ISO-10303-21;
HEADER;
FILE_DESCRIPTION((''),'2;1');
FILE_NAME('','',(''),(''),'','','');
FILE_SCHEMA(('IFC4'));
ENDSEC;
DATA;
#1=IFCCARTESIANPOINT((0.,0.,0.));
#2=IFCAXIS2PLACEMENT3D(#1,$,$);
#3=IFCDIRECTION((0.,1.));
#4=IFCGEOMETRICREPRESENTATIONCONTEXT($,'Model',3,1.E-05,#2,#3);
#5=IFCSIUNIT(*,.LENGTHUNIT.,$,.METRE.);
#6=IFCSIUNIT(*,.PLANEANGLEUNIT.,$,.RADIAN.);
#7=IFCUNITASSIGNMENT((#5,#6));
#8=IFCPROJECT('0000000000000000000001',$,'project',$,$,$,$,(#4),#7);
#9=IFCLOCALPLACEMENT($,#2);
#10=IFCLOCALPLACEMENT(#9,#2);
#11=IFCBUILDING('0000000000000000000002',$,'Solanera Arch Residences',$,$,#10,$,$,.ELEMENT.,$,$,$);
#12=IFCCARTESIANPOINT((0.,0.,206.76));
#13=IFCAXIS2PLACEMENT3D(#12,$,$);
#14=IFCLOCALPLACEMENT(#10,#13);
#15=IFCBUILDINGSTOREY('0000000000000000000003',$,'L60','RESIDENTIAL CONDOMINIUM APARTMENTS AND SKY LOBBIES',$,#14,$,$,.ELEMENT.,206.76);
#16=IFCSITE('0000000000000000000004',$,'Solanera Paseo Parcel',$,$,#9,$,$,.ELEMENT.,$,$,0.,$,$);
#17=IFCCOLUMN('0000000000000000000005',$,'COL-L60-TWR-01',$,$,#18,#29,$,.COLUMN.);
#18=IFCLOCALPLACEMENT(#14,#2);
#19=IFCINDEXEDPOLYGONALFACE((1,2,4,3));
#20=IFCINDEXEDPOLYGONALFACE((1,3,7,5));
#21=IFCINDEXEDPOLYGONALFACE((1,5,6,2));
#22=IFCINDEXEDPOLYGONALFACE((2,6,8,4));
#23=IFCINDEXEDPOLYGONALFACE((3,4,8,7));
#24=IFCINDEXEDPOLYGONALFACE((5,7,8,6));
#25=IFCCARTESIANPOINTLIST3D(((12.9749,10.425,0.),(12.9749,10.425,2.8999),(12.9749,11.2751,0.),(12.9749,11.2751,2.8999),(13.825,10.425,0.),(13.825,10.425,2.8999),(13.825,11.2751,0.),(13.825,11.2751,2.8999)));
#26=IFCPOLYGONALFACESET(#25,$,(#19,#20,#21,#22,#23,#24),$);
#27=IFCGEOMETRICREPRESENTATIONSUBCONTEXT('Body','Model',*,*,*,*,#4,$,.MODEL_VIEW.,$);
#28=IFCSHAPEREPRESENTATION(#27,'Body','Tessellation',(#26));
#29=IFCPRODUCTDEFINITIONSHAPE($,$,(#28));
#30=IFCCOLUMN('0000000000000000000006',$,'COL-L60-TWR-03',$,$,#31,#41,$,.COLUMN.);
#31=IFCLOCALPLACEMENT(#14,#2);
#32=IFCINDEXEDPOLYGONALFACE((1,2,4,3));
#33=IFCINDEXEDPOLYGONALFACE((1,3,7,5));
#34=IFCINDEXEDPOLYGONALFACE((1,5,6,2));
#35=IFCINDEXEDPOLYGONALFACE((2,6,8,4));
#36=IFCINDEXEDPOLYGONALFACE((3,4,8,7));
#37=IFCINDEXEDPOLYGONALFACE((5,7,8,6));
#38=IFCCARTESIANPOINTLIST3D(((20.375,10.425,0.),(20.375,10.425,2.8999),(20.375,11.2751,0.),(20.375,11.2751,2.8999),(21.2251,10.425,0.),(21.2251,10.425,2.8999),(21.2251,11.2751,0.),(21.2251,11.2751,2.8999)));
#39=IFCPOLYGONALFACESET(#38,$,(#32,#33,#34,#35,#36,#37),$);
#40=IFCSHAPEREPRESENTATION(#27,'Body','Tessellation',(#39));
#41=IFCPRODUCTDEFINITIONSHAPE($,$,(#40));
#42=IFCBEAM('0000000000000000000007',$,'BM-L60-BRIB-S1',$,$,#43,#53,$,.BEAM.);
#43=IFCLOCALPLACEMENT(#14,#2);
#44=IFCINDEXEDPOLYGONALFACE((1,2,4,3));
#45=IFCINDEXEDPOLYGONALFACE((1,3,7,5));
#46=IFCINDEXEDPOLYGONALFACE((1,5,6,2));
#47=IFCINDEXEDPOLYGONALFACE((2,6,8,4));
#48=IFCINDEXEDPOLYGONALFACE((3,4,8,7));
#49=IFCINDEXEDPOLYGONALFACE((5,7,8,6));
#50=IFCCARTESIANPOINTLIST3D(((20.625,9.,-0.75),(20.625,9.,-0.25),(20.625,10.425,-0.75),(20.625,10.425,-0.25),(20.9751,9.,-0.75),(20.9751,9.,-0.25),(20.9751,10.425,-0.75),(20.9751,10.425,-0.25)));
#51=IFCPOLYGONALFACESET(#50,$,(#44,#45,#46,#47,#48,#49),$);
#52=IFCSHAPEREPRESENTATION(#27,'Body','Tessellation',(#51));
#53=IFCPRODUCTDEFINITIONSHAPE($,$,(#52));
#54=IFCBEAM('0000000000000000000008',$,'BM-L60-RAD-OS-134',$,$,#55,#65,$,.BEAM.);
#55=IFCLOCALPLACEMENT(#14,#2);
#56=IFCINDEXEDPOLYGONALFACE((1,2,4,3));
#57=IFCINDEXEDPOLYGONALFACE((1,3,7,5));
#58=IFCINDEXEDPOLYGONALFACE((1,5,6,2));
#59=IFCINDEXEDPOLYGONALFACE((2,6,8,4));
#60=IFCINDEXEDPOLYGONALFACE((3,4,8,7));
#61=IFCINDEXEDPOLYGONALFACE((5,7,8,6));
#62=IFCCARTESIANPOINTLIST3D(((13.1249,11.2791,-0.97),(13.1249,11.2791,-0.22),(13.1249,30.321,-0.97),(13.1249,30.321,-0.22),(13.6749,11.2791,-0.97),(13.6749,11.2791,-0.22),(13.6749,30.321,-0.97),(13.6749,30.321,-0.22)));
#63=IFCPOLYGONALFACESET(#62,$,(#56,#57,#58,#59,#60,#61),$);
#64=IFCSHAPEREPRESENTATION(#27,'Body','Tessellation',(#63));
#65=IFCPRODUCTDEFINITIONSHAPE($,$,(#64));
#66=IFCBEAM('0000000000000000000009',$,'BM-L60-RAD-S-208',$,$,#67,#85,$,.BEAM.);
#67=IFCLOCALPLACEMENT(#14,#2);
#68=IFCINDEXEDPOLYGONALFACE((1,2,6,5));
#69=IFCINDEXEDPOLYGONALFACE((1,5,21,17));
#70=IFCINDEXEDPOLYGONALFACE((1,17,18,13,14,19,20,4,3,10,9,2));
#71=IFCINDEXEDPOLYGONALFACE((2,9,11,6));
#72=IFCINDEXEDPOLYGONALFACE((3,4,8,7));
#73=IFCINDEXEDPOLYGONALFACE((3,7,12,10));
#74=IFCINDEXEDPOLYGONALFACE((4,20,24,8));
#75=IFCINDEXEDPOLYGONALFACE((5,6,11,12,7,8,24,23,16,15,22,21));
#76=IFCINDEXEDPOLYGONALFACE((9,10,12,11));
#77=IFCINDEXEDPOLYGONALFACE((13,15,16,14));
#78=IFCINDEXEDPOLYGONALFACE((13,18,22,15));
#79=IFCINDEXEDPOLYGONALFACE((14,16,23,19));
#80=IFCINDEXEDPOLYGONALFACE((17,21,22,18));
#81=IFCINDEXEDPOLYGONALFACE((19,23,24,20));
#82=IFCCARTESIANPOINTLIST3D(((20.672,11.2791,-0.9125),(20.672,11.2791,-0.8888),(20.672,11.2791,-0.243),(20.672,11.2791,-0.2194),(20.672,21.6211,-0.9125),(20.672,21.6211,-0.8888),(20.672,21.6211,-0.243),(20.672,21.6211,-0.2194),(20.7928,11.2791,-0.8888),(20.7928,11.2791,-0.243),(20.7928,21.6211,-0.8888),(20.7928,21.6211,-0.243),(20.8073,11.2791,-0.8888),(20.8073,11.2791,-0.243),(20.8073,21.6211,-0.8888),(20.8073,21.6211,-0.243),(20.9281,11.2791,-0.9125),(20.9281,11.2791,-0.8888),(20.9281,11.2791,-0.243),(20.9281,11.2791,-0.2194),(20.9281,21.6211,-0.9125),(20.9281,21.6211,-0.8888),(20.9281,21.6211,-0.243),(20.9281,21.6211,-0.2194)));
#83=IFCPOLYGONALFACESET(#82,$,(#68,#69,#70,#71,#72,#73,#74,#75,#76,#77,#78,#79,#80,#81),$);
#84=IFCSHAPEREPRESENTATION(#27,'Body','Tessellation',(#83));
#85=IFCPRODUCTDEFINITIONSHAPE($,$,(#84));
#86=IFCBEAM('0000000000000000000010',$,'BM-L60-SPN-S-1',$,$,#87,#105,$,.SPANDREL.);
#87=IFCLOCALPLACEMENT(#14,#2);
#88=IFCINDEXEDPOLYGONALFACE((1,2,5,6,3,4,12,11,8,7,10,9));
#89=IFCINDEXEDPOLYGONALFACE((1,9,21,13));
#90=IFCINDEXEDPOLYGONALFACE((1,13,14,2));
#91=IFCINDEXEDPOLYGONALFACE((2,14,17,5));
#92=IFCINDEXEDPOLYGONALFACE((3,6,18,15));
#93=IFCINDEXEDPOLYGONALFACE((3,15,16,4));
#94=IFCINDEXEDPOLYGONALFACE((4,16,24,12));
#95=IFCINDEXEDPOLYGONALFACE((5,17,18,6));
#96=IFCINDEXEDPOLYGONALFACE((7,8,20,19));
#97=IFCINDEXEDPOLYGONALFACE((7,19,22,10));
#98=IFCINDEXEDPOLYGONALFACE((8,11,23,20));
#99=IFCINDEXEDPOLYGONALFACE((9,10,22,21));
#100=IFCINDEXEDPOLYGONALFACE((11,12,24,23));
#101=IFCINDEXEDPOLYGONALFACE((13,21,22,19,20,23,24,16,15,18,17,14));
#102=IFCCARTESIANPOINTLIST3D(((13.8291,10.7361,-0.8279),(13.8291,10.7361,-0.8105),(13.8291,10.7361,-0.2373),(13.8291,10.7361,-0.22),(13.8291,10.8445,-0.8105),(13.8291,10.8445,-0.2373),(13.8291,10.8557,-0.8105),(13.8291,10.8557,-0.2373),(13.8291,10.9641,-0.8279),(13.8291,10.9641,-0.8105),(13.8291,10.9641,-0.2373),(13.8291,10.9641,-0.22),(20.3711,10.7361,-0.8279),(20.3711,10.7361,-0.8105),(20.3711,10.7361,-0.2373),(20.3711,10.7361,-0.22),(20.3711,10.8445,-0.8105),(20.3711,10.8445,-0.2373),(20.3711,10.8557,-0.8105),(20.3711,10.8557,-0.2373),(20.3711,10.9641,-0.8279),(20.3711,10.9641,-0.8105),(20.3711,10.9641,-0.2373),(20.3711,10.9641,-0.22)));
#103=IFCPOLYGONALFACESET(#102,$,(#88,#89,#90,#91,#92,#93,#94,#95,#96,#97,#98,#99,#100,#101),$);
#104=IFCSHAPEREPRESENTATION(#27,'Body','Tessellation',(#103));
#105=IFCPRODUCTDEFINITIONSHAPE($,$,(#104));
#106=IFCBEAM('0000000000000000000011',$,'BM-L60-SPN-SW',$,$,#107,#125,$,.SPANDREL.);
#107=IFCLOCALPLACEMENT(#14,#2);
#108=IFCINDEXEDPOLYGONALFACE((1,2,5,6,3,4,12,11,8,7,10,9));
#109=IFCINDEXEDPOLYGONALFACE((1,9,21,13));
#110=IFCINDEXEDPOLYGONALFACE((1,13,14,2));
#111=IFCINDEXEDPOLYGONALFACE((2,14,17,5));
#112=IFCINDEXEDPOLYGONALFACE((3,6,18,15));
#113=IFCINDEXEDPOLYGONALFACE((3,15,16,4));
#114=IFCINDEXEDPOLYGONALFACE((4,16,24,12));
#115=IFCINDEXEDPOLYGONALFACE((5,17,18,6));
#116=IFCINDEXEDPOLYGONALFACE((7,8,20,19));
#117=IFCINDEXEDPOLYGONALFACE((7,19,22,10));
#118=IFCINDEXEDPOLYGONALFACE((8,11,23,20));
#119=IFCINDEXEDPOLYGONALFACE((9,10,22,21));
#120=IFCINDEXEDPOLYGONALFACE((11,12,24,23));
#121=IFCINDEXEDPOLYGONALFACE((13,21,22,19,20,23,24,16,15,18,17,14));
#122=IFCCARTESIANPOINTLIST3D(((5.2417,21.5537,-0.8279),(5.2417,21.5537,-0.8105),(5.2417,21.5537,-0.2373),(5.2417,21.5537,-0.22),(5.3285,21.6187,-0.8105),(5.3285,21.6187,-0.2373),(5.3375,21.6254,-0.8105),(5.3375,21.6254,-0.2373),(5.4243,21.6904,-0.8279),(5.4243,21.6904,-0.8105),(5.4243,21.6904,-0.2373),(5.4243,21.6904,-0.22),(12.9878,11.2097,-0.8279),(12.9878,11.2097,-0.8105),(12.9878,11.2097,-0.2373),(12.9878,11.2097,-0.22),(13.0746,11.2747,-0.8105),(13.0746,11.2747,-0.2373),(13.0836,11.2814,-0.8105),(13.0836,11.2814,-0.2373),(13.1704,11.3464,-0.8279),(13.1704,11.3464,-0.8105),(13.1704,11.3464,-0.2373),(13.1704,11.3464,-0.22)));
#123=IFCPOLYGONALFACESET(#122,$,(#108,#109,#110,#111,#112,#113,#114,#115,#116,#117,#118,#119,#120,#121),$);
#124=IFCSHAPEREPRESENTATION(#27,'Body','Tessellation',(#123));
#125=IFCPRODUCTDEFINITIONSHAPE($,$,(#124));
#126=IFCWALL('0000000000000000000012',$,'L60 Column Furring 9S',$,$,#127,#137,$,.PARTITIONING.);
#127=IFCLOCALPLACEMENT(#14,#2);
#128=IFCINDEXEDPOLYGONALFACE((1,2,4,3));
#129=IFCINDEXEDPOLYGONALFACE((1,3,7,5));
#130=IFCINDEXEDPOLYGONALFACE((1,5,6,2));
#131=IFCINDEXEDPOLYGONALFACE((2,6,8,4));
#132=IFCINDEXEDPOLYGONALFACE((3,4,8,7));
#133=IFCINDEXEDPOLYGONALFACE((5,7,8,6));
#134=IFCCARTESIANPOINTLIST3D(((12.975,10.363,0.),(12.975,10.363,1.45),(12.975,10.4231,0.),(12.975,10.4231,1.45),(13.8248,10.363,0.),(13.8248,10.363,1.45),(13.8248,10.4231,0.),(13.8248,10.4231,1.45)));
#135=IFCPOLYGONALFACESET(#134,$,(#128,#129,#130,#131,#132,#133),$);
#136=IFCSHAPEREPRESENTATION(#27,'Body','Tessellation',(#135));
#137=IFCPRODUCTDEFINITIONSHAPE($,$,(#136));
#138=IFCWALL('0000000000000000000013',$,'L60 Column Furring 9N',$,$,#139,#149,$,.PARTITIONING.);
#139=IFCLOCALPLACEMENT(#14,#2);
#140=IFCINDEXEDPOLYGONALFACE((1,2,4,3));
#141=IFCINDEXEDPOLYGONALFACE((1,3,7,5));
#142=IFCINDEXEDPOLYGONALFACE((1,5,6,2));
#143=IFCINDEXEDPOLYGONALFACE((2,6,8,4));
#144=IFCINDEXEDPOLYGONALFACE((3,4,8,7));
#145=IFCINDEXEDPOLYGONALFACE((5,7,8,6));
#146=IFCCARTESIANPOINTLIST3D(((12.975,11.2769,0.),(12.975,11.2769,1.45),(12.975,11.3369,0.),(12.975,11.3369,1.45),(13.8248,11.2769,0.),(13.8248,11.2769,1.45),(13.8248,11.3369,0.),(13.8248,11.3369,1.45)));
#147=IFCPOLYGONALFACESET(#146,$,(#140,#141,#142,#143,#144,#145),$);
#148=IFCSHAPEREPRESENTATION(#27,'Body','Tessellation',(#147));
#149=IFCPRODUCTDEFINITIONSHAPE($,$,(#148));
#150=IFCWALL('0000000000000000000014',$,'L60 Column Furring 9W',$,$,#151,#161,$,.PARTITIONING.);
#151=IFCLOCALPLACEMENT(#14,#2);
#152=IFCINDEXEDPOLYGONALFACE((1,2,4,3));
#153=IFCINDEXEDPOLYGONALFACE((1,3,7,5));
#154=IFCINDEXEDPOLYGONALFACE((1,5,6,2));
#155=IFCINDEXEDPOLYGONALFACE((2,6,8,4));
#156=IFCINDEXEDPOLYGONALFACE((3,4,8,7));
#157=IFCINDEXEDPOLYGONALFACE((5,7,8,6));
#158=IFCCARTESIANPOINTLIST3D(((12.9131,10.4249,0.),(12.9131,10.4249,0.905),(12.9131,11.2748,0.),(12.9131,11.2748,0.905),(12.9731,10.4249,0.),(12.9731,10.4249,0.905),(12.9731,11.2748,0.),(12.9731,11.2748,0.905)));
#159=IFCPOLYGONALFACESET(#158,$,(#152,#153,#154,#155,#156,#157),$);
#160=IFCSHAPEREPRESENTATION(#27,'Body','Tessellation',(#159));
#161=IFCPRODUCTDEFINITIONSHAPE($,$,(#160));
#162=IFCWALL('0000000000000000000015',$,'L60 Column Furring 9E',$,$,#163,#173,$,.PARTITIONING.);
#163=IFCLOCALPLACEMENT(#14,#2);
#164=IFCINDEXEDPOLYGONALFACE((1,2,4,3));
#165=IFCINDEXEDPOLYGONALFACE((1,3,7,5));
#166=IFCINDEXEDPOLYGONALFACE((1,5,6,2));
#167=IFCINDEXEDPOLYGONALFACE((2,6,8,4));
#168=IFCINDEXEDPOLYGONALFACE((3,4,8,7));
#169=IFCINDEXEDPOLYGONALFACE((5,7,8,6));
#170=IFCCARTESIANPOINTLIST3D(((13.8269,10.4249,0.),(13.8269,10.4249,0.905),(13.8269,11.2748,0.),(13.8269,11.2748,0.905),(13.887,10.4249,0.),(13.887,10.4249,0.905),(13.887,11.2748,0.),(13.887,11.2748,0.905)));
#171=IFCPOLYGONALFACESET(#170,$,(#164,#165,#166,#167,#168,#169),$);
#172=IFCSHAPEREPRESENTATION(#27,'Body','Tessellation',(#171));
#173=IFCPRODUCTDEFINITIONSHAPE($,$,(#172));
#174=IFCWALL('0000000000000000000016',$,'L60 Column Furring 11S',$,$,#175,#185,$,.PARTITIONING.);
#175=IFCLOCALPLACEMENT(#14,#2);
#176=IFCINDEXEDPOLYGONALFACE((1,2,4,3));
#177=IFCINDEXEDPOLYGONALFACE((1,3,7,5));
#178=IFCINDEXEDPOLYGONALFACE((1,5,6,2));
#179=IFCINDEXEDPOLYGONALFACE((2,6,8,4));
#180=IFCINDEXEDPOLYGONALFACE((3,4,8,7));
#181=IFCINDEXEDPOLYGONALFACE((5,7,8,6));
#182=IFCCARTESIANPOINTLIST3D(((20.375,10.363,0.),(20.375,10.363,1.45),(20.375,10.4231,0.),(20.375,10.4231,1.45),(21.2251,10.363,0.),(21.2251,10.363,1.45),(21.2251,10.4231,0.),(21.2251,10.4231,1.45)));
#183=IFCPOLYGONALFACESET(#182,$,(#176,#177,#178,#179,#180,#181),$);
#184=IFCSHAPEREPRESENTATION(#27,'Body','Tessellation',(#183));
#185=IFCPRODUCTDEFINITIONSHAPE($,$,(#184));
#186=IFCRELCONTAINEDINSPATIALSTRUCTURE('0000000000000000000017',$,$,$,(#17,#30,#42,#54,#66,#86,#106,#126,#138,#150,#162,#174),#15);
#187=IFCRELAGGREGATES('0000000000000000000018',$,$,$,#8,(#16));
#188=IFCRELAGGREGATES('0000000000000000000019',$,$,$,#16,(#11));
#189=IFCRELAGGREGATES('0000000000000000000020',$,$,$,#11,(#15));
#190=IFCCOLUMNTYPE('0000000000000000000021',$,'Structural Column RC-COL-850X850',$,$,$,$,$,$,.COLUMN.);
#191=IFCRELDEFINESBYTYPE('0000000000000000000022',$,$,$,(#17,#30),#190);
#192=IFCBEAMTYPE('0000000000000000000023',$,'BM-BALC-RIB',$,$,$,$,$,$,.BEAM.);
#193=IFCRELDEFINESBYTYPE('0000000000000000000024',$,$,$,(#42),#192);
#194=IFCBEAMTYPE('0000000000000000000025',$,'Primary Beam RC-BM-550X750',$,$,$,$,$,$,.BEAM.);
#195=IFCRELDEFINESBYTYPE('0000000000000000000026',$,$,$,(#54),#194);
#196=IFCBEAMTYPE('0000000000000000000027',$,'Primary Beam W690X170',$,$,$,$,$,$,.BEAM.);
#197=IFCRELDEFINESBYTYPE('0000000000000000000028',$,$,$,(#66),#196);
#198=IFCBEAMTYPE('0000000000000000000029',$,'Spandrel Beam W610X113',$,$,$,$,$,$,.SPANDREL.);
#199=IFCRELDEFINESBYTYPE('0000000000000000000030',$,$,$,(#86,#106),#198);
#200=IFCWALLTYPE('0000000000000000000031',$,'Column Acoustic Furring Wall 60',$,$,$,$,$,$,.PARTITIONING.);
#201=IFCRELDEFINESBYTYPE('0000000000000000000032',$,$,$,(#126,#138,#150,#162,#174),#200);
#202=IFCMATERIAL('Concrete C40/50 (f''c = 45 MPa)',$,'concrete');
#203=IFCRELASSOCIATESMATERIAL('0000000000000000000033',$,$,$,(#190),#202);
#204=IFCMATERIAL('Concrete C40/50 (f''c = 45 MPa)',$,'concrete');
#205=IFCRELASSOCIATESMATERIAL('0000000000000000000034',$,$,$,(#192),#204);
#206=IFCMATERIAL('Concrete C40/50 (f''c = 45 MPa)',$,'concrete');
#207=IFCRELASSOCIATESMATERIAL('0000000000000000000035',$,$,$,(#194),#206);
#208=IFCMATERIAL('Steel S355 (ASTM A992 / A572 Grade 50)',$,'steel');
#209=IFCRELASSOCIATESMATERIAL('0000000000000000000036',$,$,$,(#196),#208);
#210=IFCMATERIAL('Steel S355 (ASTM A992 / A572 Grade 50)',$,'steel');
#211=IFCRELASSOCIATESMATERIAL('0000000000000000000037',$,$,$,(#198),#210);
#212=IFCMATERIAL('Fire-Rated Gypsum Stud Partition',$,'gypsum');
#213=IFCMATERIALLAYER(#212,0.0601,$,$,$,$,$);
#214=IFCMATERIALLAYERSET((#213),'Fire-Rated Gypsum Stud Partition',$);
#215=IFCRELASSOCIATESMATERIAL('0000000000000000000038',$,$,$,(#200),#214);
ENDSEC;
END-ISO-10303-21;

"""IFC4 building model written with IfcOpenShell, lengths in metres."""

from ifc_helpers import new_model, si_unit, direction, frame, frame_2d, origin, origin_2d, place, context, subcontext, project, spatial, rectangle, i_section, extrude, material, layer, layer_set, material_profile, profile_set, type_object, element, save


model = new_model("IFC4")

# Units and contexts
model_context = context("Model", 3, precision=1e-05, world=origin(), true_north=direction((0.0, 1.0)))
body_context = subcontext(model_context, "Body", "Model", "MODEL_VIEW")
ifc_project = project(units=[si_unit("LENGTHUNIT", "METRE"), si_unit("PLANEANGLEUNIT", "RADIAN")], contexts=[model_context])

# Site, building, storey
site_placement = place(None, origin())
site = spatial("IfcSite", under=ifc_project, at=site_placement, Name="Solanera Paseo Parcel", CompositionType="ELEMENT", RefElevation=0.0)
building_placement = place(site_placement, origin())
building = spatial("IfcBuilding", under=site, at=building_placement, Name="Solanera Arch Residences", CompositionType="ELEMENT")
storey_placement = place(building_placement, frame((0.0, 0.0, 206.76)))
storey = spatial("IfcBuildingStorey", under=building, at=storey_placement, Name="L60", Description="RESIDENTIAL CONDOMINIUM APARTMENTS AND SKY LOBBIES", CompositionType="ELEMENT", Elevation=206.76)

# Columns
ifc_material_1 = material(Name="Concrete C40/50 (f'c = 45 MPa)", Category="concrete")
ifc_material_profile_1 = material_profile(ifc_material_1, rectangle(XDim=0.8501, YDim=0.8501, at=origin_2d()))
ifc_profile_set_1 = profile_set([ifc_material_profile_1], Name="Concrete C40/50 (f'c = 45 MPa)")
column_type = type_object("IfcColumnType", Name="Structural Column RC-COL-850X850", PredefinedType="COLUMN", material=ifc_profile_set_1)
for number, where, z_axis, x_axis, name in (
    (1, (13.3999, 10.8501, 0.0), (0.0, 0.0, 1.0), (1.0, 0.0, 0.0), "COL-L60-TWR-01"),
    (2, (20.8, 10.8501, 0.0), (0.0, 0.0, 1.0), (1.0, 0.0, 0.0), "COL-L60-TWR-03"),
):
    element("IfcColumn", number, at=place(storey_placement, frame(where, z_axis=z_axis, x_axis=x_axis)), inside=storey, type_object=column_type, Name=name, PredefinedType="COLUMN", context=body_context, shape_type="SweptSolid", body=[
        extrude(rectangle(XDim=0.8501, YDim=0.8501, at=origin_2d()), origin(), (0.0, 0.0, 1.0), 2.8999),
    ])

# Beams
ifc_material_2 = material(Name="Concrete C40/50 (f'c = 45 MPa)", Category="concrete")
ifc_material_profile_2 = material_profile(ifc_material_2, rectangle(XDim=0.3501, YDim=0.5, at=origin_2d()))
ifc_profile_set_2 = profile_set([ifc_material_profile_2], Name="Concrete C40/50 (f'c = 45 MPa)")
beam_type_1 = type_object("IfcBeamType", Name="BM-BALC-RIB", PredefinedType="BEAM", material=ifc_profile_set_2)
beam_1_placement = place(storey_placement, frame((20.8, 9.0, -0.5), z_axis=(0.0, 1.0, 0.0), x_axis=(-1.0, 0.0, 0.0)))
element("IfcBeam", 3, at=beam_1_placement, inside=storey, type_object=beam_type_1, Name="BM-L60-BRIB-S1", PredefinedType="BEAM", context=body_context, shape_type="SweptSolid", body=[
    extrude(rectangle(XDim=0.3501, YDim=0.5, at=origin_2d()), origin(), (0.0, 0.0, 1.0), 1.425),
])
ifc_material_3 = material(Name="Concrete C40/50 (f'c = 45 MPa)", Category="concrete")
ifc_material_profile_3 = material_profile(ifc_material_3, rectangle(XDim=0.55, YDim=0.75, at=origin_2d()))
ifc_profile_set_3 = profile_set([ifc_material_profile_3], Name="Concrete C40/50 (f'c = 45 MPa)")
beam_type_2 = type_object("IfcBeamType", Name="Primary Beam RC-BM-550X750", PredefinedType="BEAM", material=ifc_profile_set_3)
beam_2_placement = place(storey_placement, frame((13.3999, 11.2791, -0.595), z_axis=(0.0, 1.0, 0.0), x_axis=(-1.0, 0.0, 0.0)))
element("IfcBeam", 4, at=beam_2_placement, inside=storey, type_object=beam_type_2, Name="BM-L60-RAD-OS-134", PredefinedType="BEAM", context=body_context, shape_type="SweptSolid", body=[
    extrude(rectangle(XDim=0.55, YDim=0.75, at=origin_2d()), origin(), (0.0, 0.0, 1.0), 19.042),
])
ifc_material_4 = material(Name="Steel S355 (ASTM A992 / A572 Grade 50)", Category="steel")
ifc_material_profile_4 = material_profile(ifc_material_4, i_section(OverallWidth=0.2561, OverallDepth=0.6931, WebThickness=0.0144, FlangeThickness=0.0237, at=origin_2d()))
ifc_profile_set_4 = profile_set([ifc_material_profile_4], Name="Steel S355 (ASTM A992 / A572 Grade 50)")
beam_type_3 = type_object("IfcBeamType", Name="Primary Beam W690X170", PredefinedType="BEAM", material=ifc_profile_set_4)
beam_3_placement = place(storey_placement, frame((20.8, 11.2791, -0.5659), z_axis=(0.0, 1.0, 0.0), x_axis=(-1.0, 0.0, 0.0)))
element("IfcBeam", 5, at=beam_3_placement, inside=storey, type_object=beam_type_3, Name="BM-L60-RAD-S-208", PredefinedType="BEAM", context=body_context, shape_type="SweptSolid", body=[
    extrude(i_section(OverallWidth=0.2561, OverallDepth=0.6931, WebThickness=0.0144, FlangeThickness=0.0237, at=origin_2d()), origin(), (0.0, 0.0, 1.0), 10.342),
])
ifc_material_5 = material(Name="Steel S355 (ASTM A992 / A572 Grade 50)", Category="steel")
ifc_material_profile_5 = material_profile(ifc_material_5, i_section(OverallWidth=0.228, OverallDepth=0.6079, WebThickness=0.0112, FlangeThickness=0.0173, at=origin_2d()))
ifc_profile_set_5 = profile_set([ifc_material_profile_5], Name="Steel S355 (ASTM A992 / A572 Grade 50)")
beam_type_4 = type_object("IfcBeamType", Name="Spandrel Beam W610X113", PredefinedType="SPANDREL", material=ifc_profile_set_5)
beam_4_placement = place(storey_placement, frame((13.8291, 10.8501, -0.5239), z_axis=(1.0, 0.0, 0.0), x_axis=(0.0, 1.0, 0.0)))
element("IfcBeam", 6, at=beam_4_placement, inside=storey, type_object=beam_type_4, Name="BM-L60-SPN-S-1", PredefinedType="SPANDREL", context=body_context, shape_type="SweptSolid", body=[
    extrude(i_section(OverallWidth=0.228, OverallDepth=0.6079, WebThickness=0.0112, FlangeThickness=0.0173, at=origin_2d()), origin(), (0.0, 0.0, 1.0), 6.542),
])
beam_5_placement = place(storey_placement, frame((13.0791, 11.2781, -0.5239), z_axis=(-0.59941, 0.800442, 0.0), x_axis=(-0.800442, -0.59941, 0.0)))
element("IfcBeam", 7, at=beam_5_placement, inside=storey, type_object=beam_type_4, Name="BM-L60-SPN-SW", PredefinedType="SPANDREL", context=body_context, shape_type="SweptSolid", body=[
    extrude(i_section(OverallWidth=0.228, OverallDepth=0.6079, WebThickness=0.0112, FlangeThickness=0.0173, at=origin_2d()), origin(), (0.0, 0.0, 1.0), 12.9229),
])

# Walls
ifc_material_6 = material(Name="Fire-Rated Gypsum Stud Partition", Category="gypsum")
ifc_layer_1 = layer(ifc_material_6, 0.0601)
ifc_layer_set_1 = layer_set([ifc_layer_1], Name="Fire-Rated Gypsum Stud Partition")
wall_type_1 = type_object("IfcWallType", Name="Column Acoustic Furring Wall 60", PredefinedType="PARTITIONING", material=ifc_layer_set_1)
for number, where, z_axis, x_axis, name in (
    (8, (12.9751, 10.3931, 0.0), (0.0, 0.0, 1.0), (1.0, 0.0, 0.0), "L60 Column Furring 9S"),
    (9, (12.9751, 11.3069, 0.0), (0.0, 0.0, 1.0), (1.0, 0.0, 0.0), "L60 Column Furring 9N"),
):
    element("IfcWall", number, at=place(storey_placement, frame(where, z_axis=z_axis, x_axis=x_axis)), inside=storey, type_object=wall_type_1, Name=name, PredefinedType="PARTITIONING", context=body_context, shape_type="SweptSolid", body=[
        extrude(rectangle(XDim=0.8499, YDim=0.0601, at=frame_2d((0.4248, 0.0))), origin(), (0.0, 0.0, 1.0), 1.45),
    ])
for number, where, z_axis, x_axis, name in (
    (10, (12.9431, 10.425, 0.0), (0.0, 0.0, 1.0), (0.0, 1.0, 0.0), "L60 Column Furring 9W"),
    (11, (13.8569, 10.425, 0.0), (0.0, 0.0, 1.0), (0.0, 1.0, 0.0), "L60 Column Furring 9E"),
):
    element("IfcWall", number, at=place(storey_placement, frame(where, z_axis=z_axis, x_axis=x_axis)), inside=storey, type_object=wall_type_1, Name=name, PredefinedType="PARTITIONING", context=body_context, shape_type="SweptSolid", body=[
        extrude(rectangle(XDim=0.8499, YDim=0.0601, at=frame_2d((0.4248, 0.0))), origin(), (0.0, 0.0, 1.0), 0.905),
    ])
for number, where, z_axis, x_axis, name in (
    (12, (20.375, 10.3931, 0.0), (0.0, 0.0, 1.0), (1.0, 0.0, 0.0), "L60 Column Furring 11S"),
):
    element("IfcWall", number, at=place(storey_placement, frame(where, z_axis=z_axis, x_axis=x_axis)), inside=storey, type_object=wall_type_1, Name=name, PredefinedType="PARTITIONING", context=body_context, shape_type="SweptSolid", body=[
        extrude(rectangle(XDim=0.8501, YDim=0.0601, at=frame_2d((0.425, 0.0))), origin(), (0.0, 0.0, 1.0), 1.45),
    ])

save(model, "model.ifc")
